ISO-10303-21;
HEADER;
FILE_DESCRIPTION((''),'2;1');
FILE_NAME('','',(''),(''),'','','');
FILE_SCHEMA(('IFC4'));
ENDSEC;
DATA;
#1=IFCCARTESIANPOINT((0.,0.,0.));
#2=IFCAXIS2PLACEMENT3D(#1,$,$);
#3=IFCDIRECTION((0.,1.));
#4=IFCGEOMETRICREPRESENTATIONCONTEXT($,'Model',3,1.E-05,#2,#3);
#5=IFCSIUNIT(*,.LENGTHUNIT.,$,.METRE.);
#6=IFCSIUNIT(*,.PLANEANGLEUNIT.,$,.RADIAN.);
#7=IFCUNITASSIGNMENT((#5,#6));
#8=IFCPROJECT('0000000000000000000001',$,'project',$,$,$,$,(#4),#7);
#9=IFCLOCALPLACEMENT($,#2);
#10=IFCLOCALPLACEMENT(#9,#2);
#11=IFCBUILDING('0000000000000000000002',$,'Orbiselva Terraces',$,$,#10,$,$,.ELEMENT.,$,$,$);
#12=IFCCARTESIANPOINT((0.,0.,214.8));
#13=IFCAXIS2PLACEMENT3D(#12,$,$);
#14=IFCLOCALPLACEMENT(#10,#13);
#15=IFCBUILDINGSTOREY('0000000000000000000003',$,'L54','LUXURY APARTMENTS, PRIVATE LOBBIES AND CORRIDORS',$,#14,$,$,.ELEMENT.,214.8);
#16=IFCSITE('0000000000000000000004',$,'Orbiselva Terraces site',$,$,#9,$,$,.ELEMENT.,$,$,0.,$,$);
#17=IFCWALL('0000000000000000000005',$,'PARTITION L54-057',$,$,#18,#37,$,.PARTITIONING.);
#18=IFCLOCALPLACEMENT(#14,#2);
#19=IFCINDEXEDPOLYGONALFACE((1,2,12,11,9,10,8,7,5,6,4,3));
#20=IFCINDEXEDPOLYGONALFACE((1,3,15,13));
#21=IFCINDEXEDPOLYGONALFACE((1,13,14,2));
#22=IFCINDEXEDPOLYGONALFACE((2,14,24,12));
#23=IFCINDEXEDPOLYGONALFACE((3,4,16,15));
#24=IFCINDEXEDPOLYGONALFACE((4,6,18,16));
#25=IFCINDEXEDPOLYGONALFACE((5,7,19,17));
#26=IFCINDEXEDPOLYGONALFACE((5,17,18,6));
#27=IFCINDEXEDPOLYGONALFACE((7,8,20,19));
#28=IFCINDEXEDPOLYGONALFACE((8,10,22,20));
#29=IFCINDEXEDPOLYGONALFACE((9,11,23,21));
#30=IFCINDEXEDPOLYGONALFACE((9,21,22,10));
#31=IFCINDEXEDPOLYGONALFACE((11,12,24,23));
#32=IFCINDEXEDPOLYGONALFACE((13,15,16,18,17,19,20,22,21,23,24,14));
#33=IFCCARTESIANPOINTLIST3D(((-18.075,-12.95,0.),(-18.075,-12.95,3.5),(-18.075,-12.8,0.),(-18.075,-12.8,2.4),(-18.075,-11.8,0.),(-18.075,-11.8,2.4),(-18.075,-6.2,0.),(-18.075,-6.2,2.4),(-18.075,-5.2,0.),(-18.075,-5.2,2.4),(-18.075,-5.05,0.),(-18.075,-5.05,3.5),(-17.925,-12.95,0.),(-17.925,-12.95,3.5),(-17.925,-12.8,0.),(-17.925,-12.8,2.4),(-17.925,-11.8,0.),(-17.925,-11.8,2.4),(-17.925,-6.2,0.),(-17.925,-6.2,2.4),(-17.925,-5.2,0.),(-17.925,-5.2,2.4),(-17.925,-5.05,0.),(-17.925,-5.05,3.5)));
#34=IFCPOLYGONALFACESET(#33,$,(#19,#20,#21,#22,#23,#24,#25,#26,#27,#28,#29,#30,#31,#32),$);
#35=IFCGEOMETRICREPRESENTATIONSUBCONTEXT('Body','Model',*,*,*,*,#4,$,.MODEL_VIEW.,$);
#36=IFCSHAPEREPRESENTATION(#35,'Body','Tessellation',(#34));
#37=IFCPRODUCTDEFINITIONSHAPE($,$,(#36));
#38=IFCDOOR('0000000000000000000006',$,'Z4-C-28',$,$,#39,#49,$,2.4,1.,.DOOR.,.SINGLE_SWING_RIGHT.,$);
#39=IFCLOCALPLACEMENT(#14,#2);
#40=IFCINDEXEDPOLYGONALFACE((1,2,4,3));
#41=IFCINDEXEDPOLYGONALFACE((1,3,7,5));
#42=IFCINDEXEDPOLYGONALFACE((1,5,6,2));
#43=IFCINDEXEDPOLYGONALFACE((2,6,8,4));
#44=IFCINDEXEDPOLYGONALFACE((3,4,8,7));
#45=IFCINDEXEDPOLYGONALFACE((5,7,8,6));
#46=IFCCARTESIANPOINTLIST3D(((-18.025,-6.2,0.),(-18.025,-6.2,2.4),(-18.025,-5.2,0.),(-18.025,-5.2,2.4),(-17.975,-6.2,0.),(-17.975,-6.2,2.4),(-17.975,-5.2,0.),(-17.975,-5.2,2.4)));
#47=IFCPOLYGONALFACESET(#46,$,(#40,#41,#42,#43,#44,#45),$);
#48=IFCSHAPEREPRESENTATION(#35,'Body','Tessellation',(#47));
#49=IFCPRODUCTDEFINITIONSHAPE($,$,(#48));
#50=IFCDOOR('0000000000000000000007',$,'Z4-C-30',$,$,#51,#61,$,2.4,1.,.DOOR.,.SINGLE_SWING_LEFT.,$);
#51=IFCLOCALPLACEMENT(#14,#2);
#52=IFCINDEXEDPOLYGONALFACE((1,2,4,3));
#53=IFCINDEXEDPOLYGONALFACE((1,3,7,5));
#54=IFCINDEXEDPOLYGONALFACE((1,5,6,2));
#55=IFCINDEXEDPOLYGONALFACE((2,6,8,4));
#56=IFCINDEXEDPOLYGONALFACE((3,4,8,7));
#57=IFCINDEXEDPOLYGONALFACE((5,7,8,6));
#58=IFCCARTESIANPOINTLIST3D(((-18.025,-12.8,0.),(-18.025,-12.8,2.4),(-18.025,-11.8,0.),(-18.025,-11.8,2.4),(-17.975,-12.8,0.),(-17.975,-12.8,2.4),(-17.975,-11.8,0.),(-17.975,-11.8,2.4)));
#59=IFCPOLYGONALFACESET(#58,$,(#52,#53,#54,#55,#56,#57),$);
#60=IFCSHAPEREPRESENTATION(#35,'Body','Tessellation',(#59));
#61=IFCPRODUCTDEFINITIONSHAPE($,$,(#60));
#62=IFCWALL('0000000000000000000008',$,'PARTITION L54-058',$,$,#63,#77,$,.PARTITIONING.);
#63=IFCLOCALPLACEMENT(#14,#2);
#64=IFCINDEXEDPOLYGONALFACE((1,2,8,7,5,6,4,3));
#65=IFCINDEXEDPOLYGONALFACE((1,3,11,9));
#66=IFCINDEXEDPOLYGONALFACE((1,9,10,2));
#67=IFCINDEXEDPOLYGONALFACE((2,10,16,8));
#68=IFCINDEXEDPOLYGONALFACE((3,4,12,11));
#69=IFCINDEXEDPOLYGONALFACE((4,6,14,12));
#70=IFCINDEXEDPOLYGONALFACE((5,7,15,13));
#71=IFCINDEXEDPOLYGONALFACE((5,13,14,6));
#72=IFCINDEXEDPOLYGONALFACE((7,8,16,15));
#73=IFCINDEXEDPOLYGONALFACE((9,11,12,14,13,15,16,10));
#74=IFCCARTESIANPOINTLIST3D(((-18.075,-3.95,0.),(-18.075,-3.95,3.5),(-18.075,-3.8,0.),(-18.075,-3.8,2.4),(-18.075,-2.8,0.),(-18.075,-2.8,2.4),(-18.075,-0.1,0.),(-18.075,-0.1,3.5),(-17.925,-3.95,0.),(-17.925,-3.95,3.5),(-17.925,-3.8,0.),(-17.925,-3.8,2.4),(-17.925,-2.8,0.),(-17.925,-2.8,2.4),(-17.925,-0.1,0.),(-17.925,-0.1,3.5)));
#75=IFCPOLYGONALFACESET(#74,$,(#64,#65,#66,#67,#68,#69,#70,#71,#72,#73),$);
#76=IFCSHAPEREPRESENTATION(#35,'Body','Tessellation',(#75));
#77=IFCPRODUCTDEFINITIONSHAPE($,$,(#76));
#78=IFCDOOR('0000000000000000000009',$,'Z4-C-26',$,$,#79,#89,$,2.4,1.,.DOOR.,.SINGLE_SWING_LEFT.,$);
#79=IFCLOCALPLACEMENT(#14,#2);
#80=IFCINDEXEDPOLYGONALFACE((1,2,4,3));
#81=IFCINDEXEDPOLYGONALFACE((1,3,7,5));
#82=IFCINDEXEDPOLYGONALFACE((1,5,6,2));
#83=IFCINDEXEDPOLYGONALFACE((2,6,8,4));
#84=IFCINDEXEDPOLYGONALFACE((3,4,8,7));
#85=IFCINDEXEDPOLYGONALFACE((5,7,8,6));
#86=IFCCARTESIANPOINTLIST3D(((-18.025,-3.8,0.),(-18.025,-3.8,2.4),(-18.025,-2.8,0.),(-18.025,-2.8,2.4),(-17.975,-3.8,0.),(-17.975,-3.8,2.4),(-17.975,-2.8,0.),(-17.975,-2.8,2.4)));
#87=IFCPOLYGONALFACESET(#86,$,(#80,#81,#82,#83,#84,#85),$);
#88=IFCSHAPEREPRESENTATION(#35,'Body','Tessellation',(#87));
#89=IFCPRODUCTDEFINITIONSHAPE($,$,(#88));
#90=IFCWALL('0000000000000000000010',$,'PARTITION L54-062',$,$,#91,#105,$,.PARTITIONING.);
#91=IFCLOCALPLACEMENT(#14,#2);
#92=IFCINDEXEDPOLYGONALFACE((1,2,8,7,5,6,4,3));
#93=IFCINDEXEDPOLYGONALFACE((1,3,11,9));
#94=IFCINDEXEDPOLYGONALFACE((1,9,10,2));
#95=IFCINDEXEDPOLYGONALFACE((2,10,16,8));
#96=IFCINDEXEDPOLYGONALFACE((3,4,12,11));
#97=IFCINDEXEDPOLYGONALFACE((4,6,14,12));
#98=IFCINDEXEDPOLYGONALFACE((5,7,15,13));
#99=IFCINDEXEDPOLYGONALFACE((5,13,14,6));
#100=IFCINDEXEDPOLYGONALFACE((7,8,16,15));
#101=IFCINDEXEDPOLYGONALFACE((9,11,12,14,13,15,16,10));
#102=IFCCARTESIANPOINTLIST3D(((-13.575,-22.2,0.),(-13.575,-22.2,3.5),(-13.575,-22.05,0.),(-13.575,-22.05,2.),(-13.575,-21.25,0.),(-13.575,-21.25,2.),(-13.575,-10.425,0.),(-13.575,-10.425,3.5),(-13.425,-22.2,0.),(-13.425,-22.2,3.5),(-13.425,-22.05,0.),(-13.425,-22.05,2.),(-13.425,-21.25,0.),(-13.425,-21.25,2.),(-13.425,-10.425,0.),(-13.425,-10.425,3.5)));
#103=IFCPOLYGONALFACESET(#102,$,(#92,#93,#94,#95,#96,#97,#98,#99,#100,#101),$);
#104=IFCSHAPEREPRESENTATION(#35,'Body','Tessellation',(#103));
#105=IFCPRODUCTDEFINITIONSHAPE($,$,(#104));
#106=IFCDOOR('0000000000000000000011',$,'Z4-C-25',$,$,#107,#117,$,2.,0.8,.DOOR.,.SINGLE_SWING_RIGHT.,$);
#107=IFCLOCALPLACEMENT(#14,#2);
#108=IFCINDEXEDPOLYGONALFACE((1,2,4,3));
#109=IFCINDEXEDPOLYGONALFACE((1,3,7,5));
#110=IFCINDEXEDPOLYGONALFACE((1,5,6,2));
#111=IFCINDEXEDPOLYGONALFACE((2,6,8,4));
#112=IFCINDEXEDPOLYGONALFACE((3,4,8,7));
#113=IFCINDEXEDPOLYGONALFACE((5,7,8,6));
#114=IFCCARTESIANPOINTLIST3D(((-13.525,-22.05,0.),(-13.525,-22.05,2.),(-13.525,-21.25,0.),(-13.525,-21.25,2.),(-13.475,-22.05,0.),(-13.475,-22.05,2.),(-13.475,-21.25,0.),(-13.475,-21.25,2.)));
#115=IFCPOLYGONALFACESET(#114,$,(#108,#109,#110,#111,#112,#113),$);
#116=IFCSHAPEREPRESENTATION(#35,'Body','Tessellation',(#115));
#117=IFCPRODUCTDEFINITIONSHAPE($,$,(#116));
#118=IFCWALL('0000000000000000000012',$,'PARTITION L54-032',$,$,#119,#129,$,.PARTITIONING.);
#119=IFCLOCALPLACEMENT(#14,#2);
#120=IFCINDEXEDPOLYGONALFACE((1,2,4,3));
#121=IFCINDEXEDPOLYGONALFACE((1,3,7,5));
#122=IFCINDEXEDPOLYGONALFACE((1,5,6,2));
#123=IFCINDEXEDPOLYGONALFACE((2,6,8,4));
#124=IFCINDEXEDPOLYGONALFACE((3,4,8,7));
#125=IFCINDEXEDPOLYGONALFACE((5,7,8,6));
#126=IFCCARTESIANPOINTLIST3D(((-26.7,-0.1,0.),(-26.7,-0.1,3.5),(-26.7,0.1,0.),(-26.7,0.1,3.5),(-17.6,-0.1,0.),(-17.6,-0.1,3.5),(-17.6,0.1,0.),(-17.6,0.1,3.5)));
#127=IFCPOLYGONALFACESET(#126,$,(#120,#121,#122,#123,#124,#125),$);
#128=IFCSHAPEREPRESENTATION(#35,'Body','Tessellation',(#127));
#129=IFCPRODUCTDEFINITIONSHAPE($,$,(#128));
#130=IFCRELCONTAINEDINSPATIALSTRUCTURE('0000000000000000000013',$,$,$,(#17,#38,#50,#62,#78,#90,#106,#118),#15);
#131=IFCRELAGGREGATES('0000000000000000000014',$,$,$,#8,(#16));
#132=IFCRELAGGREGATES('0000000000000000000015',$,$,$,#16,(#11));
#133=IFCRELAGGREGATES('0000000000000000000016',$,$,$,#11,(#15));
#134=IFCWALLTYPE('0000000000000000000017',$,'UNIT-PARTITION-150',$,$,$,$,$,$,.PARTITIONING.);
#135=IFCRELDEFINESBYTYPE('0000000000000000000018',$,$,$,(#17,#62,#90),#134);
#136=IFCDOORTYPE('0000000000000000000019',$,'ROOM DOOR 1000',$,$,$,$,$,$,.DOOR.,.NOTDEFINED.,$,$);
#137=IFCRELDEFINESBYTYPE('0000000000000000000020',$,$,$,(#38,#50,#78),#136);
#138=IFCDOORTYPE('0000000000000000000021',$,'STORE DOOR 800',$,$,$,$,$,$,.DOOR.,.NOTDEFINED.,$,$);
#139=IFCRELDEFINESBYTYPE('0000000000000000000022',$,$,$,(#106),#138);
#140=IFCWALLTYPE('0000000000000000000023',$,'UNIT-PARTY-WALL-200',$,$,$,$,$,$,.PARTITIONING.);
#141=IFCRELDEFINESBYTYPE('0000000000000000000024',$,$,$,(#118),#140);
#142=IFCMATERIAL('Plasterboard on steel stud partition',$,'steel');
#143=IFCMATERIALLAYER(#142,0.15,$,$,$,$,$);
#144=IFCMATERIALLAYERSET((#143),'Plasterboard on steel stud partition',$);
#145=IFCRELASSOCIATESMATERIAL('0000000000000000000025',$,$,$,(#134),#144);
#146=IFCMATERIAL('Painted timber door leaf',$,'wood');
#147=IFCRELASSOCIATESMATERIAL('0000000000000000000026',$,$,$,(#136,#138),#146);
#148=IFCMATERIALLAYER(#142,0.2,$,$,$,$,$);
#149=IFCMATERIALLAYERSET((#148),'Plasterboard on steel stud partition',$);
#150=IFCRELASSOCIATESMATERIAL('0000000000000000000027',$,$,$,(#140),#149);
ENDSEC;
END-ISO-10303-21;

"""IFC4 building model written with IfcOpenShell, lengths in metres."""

from ifc_helpers import new_model, si_unit, direction, frame, frame_2d, origin, place, context, subcontext, project, spatial, rectangle, extrude, material, layer, layer_set, type_object, element, fill, save


model = new_model("IFC4")

# Units and contexts
model_context = context("Model", 3, precision=1e-05, world=origin(), true_north=direction((0.0, 1.0)))
body_context = subcontext(model_context, "Body", "Model", "MODEL_VIEW")
ifc_project = project(units=[si_unit("LENGTHUNIT", "METRE"), si_unit("PLANEANGLEUNIT", "RADIAN")], contexts=[model_context])

# Site, building, storey
site_placement = place(None, origin())
site = spatial("IfcSite", under=ifc_project, at=site_placement, Name="Orbiselva Terraces site", CompositionType="ELEMENT", RefElevation=0.0)
building_placement = place(site_placement, origin())
building = spatial("IfcBuilding", under=site, at=building_placement, Name="Orbiselva Terraces", CompositionType="ELEMENT")
storey_placement = place(building_placement, frame((0.0, 0.0, 214.8)))
storey = spatial("IfcBuildingStorey", under=building, at=storey_placement, Name="L54", Description="LUXURY APARTMENTS, PRIVATE LOBBIES AND CORRIDORS", CompositionType="ELEMENT", Elevation=214.8)

# Shared definitions
ifc_material_1 = material(Name="Plasterboard on steel stud partition", Category="steel")
ifc_layer_1 = layer(ifc_material_1, 0.15)
ifc_layer_set_1 = layer_set([ifc_layer_1], Name="Plasterboard on steel stud partition")
wall_type_1 = type_object("IfcWallType", Name="UNIT-PARTITION-150", PredefinedType="PARTITIONING", material=ifc_layer_set_1)

# Shared definitions
ifc_material_2 = material(Name="Painted timber door leaf", Category="wood")

# Wall, openings, doors
wall_1_placement = place(storey_placement, frame((-18.0, -12.95, 0.0), z_axis=(0.0, 0.0, 1.0), x_axis=(0.0, 1.0, 0.0)))
wall_1 = element("IfcWall", 1, at=wall_1_placement, inside=storey, type_object=wall_type_1, Name="PARTITION L54-057", PredefinedType="PARTITIONING", context=body_context, shape_type="SweptSolid", body=[
    extrude(rectangle(XDim=7.9, YDim=0.15, at=frame_2d((3.95, 0.0))), origin(), (0.0, 0.0, 1.0), 3.5),
])
opening_1_placement = place(wall_1_placement, frame((6.75, 0.0, 0.0)))
opening_1 = element("IfcOpeningElement", 2, at=opening_1_placement, cuts=wall_1, PredefinedType="OPENING", context=body_context, shape_type="SweptSolid", body=[
    extrude(rectangle(XDim=1.0, YDim=2.4, at=frame_2d((0.5, 1.2))), frame((0.0, 0.085, 0.0), z_axis=(0.0, -1.0, 0.0), x_axis=(1.0, 0.0, 0.0)), (0.0, 0.0, 1.0), 0.17),
])
opening_2_placement = place(wall_1_placement, frame((0.15, 0.0, 0.0)))
opening_2 = element("IfcOpeningElement", 3, at=opening_2_placement, cuts=wall_1, PredefinedType="OPENING", context=body_context, shape_type="SweptSolid", body=[
    extrude(rectangle(XDim=1.0, YDim=2.4, at=frame_2d((0.5, 1.2))), frame((0.0, 0.085, 0.0), z_axis=(0.0, -1.0, 0.0), x_axis=(1.0, 0.0, 0.0)), (0.0, 0.0, 1.0), 0.17),
])
door_type_1 = type_object("IfcDoorType", Name="ROOM DOOR 1000", OperationType="NOTDEFINED", PredefinedType="DOOR", material=ifc_material_2)
door_1_placement = place(opening_1_placement, origin())
door_1 = element("IfcDoor", 4, at=door_1_placement, inside=storey, type_object=door_type_1, Name="Z4-C-28", OperationType="SINGLE_SWING_RIGHT", OverallHeight=2.4, OverallWidth=1.0, PredefinedType="DOOR", context=body_context, shape_type="SweptSolid", body=[
    extrude(rectangle(XDim=1.0, YDim=2.4, at=frame_2d((0.5, 1.2))), frame((0.0, 0.025, 0.0), z_axis=(0.0, -1.0, 0.0), x_axis=(1.0, 0.0, 0.0)), (0.0, 0.0, 1.0), 0.05),
])
fill(opening_1, door_1)
door_2_placement = place(opening_2_placement, origin())
door_2 = element("IfcDoor", 5, at=door_2_placement, inside=storey, type_object=door_type_1, Name="Z4-C-30", OperationType="SINGLE_SWING_LEFT", OverallHeight=2.4, OverallWidth=1.0, PredefinedType="DOOR", context=body_context, shape_type="SweptSolid", body=[
    extrude(rectangle(XDim=1.0, YDim=2.4, at=frame_2d((0.5, 1.2))), frame((0.0, 0.025, 0.0), z_axis=(0.0, -1.0, 0.0), x_axis=(1.0, 0.0, 0.0)), (0.0, 0.0, 1.0), 0.05),
])
fill(opening_2, door_2)

# Walls, openings, doors
wall_2_placement = place(storey_placement, frame((-18.0, -3.95, 0.0), z_axis=(0.0, 0.0, 1.0), x_axis=(0.0, 1.0, 0.0)))
wall_2 = element("IfcWall", 6, at=wall_2_placement, inside=storey, type_object=wall_type_1, Name="PARTITION L54-058", PredefinedType="PARTITIONING", context=body_context, shape_type="SweptSolid", body=[
    extrude(rectangle(XDim=3.85, YDim=0.15, at=frame_2d((1.925, 0.0))), origin(), (0.0, 0.0, 1.0), 3.5),
])
opening_3_placement = place(wall_2_placement, frame((0.15, 0.0, 0.0)))
opening_3 = element("IfcOpeningElement", 7, at=opening_3_placement, cuts=wall_2, PredefinedType="OPENING", context=body_context, shape_type="SweptSolid", body=[
    extrude(rectangle(XDim=1.0, YDim=2.4, at=frame_2d((0.5, 1.2))), frame((0.0, 0.085, 0.0), z_axis=(0.0, -1.0, 0.0), x_axis=(1.0, 0.0, 0.0)), (0.0, 0.0, 1.0), 0.17),
])
door_3_placement = place(opening_3_placement, origin())
door_3 = element("IfcDoor", 8, at=door_3_placement, inside=storey, type_object=door_type_1, Name="Z4-C-26", OperationType="SINGLE_SWING_LEFT", OverallHeight=2.4, OverallWidth=1.0, PredefinedType="DOOR", context=body_context, shape_type="SweptSolid", body=[
    extrude(rectangle(XDim=1.0, YDim=2.4, at=frame_2d((0.5, 1.2))), frame((0.0, 0.025, 0.0), z_axis=(0.0, -1.0, 0.0), x_axis=(1.0, 0.0, 0.0)), (0.0, 0.0, 1.0), 0.05),
])
fill(opening_3, door_3)
wall_3_placement = place(storey_placement, frame((-13.5, -10.425, 0.0), z_axis=(0.0, 0.0, 1.0), x_axis=(0.0, -1.0, 0.0)))
wall_3 = element("IfcWall", 9, at=wall_3_placement, inside=storey, type_object=wall_type_1, Name="PARTITION L54-062", PredefinedType="PARTITIONING", context=body_context, shape_type="SweptSolid", body=[
    extrude(rectangle(XDim=11.775, YDim=0.15, at=frame_2d((5.8875, 0.0))), origin(), (0.0, 0.0, 1.0), 3.5),
])
opening_4_placement = place(wall_3_placement, frame((10.825, 0.0, 0.0)))
opening_4 = element("IfcOpeningElement", 10, at=opening_4_placement, cuts=wall_3, PredefinedType="OPENING", context=body_context, shape_type="SweptSolid", body=[
    extrude(rectangle(XDim=0.8, YDim=2.0, at=frame_2d((0.4, 1.0))), frame((0.0, 0.085, 0.0), z_axis=(0.0, -1.0, 0.0), x_axis=(1.0, 0.0, 0.0)), (0.0, 0.0, 1.0), 0.17),
])
door_type_2 = type_object("IfcDoorType", Name="STORE DOOR 800", OperationType="NOTDEFINED", PredefinedType="DOOR", material=ifc_material_2)
door_4_placement = place(opening_4_placement, origin())
door_4 = element("IfcDoor", 11, at=door_4_placement, inside=storey, type_object=door_type_2, Name="Z4-C-25", OperationType="SINGLE_SWING_RIGHT", OverallHeight=2.0, OverallWidth=0.8, PredefinedType="DOOR", context=body_context, shape_type="SweptSolid", body=[
    extrude(rectangle(XDim=0.8, YDim=2.0, at=frame_2d((0.4, 1.0))), frame((0.0, 0.025, 0.0), z_axis=(0.0, -1.0, 0.0), x_axis=(1.0, 0.0, 0.0)), (0.0, 0.0, 1.0), 0.05),
])
fill(opening_4, door_4)

# Wall
ifc_layer_2 = layer(ifc_material_1, 0.2)
ifc_layer_set_2 = layer_set([ifc_layer_2], Name="Plasterboard on steel stud partition")
wall_type_2 = type_object("IfcWallType", Name="UNIT-PARTY-WALL-200", PredefinedType="PARTITIONING", material=ifc_layer_set_2)
wall_4_placement = place(storey_placement, frame((-26.7, 0.0, 0.0), z_axis=(0.0, 0.0, 1.0), x_axis=(1.0, 0.0, 0.0)))
element("IfcWall", 12, at=wall_4_placement, inside=storey, type_object=wall_type_2, Name="PARTITION L54-032", PredefinedType="PARTITIONING", context=body_context, shape_type="SweptSolid", body=[
    extrude(rectangle(XDim=9.1, YDim=0.2, at=frame_2d((4.55, 0.0))), origin(), (0.0, 0.0, 1.0), 3.5),
])

save(model, "model.ifc")
